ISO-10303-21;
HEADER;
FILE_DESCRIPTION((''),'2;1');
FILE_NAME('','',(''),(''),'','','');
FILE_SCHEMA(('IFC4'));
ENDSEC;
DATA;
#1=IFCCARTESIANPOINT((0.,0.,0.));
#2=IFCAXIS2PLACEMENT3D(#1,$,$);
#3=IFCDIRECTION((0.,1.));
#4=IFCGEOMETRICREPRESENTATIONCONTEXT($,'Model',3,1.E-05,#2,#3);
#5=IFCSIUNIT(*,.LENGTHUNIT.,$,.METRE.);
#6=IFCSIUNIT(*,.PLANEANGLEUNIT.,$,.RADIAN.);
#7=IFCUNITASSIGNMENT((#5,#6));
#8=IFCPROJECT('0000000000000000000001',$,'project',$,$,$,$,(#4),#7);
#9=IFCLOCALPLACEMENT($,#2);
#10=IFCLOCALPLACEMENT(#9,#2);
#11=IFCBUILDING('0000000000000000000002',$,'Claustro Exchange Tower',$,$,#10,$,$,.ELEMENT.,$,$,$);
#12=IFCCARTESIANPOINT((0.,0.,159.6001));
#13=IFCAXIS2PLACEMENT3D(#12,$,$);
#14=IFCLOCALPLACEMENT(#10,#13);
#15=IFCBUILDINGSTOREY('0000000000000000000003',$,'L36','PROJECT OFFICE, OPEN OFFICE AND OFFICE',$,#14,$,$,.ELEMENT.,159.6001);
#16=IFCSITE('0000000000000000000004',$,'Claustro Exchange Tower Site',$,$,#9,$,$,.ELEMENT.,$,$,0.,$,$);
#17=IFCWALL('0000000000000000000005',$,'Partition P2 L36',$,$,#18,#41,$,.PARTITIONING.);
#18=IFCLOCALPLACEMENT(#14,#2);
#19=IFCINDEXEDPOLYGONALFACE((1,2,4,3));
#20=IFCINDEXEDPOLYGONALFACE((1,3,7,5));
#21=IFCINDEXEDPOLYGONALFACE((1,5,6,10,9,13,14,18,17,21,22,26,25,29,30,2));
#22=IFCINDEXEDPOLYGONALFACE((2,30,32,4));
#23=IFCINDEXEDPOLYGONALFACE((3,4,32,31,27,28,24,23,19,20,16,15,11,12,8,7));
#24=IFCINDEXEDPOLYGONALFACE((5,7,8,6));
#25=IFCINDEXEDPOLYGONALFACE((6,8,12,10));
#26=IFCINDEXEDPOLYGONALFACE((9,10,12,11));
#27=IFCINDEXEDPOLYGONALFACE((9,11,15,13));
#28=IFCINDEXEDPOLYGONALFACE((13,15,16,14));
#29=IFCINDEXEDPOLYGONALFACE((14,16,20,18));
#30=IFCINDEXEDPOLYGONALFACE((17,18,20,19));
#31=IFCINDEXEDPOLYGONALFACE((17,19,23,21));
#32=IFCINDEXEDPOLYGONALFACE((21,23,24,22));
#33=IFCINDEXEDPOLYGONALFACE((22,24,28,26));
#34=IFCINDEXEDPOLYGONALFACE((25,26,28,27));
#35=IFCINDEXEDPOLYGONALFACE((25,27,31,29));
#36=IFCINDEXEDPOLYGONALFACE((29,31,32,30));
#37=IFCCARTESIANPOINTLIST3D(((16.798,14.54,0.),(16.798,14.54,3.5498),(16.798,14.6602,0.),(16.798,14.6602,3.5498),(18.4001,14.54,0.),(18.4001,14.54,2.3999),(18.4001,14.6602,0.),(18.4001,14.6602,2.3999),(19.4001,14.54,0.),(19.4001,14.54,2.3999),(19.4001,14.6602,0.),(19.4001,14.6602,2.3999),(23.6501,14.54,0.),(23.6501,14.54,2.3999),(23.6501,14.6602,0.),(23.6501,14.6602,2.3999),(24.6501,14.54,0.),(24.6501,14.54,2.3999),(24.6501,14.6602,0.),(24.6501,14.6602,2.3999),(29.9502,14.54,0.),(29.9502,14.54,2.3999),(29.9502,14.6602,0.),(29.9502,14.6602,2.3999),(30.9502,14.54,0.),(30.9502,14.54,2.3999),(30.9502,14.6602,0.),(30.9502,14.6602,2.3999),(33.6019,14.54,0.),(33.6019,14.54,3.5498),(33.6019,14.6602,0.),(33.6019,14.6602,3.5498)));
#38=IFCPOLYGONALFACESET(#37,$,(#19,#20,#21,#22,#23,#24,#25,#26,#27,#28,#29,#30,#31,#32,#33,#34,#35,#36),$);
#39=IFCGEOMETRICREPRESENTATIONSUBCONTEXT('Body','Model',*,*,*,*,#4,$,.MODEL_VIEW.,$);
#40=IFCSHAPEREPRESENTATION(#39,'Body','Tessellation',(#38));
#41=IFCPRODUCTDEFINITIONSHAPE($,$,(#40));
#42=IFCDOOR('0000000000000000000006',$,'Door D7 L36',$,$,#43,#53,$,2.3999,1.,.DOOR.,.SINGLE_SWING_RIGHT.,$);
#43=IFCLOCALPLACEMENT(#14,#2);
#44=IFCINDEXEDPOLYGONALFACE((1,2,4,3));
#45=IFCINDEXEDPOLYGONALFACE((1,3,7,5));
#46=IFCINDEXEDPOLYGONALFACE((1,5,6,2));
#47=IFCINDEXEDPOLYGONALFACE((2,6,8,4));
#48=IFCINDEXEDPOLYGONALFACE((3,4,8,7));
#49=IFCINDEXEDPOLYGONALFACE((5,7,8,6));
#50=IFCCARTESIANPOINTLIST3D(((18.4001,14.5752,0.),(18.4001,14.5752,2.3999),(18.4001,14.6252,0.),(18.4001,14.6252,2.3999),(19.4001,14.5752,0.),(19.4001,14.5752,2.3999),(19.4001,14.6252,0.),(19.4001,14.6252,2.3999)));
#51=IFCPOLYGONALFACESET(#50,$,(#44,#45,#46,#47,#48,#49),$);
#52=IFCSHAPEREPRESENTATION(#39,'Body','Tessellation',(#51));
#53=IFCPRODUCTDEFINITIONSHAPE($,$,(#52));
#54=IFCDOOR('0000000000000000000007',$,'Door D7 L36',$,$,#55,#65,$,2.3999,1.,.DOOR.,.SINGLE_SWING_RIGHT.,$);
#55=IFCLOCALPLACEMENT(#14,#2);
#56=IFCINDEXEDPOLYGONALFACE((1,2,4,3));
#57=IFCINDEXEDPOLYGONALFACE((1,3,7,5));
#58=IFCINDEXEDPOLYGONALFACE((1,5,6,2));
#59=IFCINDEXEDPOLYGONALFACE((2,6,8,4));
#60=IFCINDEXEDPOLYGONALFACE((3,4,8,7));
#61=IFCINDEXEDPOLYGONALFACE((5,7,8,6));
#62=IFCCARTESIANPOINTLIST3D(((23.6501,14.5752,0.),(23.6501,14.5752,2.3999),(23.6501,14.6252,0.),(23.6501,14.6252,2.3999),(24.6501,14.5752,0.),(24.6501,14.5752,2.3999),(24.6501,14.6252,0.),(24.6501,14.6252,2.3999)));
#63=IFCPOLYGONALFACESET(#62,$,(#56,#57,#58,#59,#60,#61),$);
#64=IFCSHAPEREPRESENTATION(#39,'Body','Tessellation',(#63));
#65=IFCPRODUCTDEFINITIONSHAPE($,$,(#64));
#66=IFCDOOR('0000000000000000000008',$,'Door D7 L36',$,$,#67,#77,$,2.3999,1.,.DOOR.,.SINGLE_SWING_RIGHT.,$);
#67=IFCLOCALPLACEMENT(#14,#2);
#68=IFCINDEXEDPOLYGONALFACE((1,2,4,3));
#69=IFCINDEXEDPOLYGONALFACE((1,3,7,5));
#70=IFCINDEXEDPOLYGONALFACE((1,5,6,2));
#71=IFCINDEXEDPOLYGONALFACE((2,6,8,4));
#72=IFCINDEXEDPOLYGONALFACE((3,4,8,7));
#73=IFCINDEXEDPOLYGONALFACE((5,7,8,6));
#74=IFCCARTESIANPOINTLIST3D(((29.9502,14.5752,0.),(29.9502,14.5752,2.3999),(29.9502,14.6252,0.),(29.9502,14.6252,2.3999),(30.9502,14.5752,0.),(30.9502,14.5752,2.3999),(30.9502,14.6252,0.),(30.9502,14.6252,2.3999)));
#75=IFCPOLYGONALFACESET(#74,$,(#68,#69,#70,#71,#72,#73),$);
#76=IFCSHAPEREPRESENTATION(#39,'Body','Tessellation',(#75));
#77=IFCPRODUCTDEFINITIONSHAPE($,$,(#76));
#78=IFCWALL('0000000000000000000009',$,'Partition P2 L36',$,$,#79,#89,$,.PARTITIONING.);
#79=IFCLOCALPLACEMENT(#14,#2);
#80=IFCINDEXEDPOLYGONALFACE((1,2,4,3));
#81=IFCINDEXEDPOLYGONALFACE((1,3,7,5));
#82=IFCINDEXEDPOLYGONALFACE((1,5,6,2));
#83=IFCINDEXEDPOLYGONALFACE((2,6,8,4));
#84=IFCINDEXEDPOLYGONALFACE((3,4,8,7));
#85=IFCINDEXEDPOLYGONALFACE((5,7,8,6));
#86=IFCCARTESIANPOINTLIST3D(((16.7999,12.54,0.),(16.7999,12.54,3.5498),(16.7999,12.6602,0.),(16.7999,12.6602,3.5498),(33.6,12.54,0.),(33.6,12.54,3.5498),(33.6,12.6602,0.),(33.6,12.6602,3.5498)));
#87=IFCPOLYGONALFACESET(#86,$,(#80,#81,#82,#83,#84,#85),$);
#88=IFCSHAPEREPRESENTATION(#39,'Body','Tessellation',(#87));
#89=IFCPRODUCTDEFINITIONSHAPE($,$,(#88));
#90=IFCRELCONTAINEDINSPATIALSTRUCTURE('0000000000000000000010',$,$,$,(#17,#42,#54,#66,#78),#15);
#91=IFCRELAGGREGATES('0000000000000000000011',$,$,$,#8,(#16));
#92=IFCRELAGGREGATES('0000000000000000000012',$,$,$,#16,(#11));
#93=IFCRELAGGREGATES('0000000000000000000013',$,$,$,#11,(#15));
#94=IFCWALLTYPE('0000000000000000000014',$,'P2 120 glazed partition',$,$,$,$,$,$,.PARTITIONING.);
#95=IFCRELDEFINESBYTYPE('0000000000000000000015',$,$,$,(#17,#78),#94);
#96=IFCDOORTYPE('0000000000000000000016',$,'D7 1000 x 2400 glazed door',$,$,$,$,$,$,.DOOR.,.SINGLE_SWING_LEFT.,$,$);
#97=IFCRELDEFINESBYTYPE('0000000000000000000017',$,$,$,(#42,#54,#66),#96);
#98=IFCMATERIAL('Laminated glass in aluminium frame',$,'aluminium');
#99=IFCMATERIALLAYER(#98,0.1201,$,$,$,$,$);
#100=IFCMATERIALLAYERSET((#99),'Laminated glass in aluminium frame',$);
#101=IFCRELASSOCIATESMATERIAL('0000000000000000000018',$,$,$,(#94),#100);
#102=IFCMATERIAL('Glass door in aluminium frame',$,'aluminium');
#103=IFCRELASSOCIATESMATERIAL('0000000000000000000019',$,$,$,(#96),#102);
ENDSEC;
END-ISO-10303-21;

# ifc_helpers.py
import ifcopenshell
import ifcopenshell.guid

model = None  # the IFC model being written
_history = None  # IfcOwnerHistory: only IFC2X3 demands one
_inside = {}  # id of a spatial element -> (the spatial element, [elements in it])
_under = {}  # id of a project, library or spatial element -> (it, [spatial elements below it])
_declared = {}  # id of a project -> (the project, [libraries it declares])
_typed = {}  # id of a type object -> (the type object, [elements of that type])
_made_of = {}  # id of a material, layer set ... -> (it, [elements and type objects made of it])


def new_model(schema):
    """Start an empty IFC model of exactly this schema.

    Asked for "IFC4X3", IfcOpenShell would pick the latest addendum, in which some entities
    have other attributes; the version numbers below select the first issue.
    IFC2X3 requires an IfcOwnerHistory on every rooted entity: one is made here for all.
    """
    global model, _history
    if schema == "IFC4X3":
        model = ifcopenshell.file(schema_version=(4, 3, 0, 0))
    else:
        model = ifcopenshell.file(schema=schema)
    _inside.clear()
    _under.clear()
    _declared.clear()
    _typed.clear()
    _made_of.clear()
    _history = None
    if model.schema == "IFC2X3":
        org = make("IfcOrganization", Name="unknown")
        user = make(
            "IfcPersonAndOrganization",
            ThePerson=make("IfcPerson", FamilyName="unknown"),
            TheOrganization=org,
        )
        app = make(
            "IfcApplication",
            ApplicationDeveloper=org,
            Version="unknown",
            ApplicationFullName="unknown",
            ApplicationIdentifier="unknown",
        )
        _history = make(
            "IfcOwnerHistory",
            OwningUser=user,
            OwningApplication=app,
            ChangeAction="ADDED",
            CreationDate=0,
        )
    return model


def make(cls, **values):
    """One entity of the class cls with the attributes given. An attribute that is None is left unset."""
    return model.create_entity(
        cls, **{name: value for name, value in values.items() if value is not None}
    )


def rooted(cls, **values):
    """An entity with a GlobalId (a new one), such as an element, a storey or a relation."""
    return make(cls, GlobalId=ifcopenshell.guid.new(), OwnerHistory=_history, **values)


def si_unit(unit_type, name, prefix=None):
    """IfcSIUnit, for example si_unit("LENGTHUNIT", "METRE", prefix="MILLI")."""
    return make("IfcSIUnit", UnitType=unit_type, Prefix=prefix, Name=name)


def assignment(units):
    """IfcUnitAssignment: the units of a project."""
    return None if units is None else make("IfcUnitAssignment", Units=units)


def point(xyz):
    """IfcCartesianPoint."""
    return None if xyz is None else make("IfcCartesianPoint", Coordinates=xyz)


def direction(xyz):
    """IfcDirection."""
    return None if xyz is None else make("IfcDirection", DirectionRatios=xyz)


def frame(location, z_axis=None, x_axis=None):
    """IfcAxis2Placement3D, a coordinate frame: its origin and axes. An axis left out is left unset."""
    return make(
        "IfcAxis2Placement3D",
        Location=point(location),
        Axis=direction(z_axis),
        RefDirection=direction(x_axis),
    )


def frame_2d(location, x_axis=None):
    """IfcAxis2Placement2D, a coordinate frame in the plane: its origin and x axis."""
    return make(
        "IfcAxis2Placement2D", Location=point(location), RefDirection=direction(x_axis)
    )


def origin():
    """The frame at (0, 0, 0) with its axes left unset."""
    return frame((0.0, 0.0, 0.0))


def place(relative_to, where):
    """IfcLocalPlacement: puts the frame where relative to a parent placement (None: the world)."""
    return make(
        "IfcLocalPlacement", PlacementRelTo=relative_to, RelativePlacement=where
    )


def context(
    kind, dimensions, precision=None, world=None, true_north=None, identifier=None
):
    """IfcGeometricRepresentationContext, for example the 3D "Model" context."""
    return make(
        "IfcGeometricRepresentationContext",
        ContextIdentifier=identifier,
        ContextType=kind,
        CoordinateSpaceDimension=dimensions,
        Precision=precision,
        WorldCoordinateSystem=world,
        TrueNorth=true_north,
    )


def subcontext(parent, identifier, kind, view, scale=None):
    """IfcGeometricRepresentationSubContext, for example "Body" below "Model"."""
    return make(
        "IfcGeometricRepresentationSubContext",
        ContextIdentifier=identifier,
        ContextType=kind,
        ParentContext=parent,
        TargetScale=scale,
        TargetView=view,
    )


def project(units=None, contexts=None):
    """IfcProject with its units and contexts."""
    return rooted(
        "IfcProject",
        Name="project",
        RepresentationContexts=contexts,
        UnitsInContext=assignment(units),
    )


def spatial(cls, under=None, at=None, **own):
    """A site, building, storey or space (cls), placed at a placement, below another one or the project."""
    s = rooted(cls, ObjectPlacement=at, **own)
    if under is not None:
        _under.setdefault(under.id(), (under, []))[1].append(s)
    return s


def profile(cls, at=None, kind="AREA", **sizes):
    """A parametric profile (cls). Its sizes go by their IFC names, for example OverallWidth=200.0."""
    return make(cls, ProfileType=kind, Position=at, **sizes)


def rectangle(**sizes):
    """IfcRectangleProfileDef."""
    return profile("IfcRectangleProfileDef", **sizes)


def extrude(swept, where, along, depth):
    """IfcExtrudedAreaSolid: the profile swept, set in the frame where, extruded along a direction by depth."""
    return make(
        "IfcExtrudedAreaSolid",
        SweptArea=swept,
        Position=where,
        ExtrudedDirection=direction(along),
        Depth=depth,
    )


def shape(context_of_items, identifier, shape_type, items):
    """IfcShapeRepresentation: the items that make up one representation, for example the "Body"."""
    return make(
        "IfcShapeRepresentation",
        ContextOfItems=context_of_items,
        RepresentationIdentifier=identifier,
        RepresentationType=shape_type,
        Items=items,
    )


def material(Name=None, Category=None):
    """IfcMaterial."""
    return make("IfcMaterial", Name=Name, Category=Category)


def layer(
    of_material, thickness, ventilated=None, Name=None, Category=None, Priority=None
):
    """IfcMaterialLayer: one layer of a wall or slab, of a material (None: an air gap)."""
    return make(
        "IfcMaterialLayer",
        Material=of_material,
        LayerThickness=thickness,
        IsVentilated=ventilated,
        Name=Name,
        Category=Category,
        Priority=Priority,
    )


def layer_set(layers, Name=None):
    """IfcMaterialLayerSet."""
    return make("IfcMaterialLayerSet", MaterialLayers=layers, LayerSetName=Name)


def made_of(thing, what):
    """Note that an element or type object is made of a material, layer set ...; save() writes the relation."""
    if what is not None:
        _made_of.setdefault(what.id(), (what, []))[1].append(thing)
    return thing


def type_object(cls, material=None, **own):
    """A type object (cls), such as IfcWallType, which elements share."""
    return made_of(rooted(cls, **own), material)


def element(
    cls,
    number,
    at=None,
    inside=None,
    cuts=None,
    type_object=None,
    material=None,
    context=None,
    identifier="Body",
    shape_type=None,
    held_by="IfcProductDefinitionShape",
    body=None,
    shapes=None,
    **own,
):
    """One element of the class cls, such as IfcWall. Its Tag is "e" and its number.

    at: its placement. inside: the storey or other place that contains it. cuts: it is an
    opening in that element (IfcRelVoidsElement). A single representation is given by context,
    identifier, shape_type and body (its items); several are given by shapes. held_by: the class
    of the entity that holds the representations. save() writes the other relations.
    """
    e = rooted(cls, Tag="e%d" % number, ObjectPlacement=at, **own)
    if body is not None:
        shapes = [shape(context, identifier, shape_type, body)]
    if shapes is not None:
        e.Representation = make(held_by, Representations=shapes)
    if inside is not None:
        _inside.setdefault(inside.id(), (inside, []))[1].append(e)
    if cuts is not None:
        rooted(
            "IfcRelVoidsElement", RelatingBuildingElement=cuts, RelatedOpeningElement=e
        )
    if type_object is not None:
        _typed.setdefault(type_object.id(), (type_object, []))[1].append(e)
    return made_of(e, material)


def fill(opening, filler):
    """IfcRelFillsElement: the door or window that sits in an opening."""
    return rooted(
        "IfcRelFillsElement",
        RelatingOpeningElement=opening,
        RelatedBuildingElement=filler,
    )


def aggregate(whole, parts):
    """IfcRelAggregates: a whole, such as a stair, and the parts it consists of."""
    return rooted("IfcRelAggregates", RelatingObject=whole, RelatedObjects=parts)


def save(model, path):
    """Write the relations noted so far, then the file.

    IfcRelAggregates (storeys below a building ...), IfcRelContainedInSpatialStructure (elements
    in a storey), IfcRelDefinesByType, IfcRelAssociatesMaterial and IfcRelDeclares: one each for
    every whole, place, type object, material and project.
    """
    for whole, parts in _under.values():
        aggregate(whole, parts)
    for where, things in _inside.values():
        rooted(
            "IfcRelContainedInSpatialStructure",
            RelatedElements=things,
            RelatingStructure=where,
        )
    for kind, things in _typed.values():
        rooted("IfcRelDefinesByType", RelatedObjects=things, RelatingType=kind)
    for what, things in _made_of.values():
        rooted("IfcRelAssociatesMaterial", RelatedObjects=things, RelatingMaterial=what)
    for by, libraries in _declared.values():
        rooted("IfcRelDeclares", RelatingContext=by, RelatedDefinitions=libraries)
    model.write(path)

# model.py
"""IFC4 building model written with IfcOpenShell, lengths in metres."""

from ifc_helpers import new_model, si_unit, direction, frame, frame_2d, origin, place, context, subcontext, project, spatial, rectangle, extrude, material, layer, layer_set, type_object, element, fill, save


model = new_model("IFC4")

# Units and contexts
model_context = context("Model", 3, precision=1e-05, world=origin(), true_north=direction((0.0, 1.0)))
body_context = subcontext(model_context, "Body", "Model", "MODEL_VIEW")
ifc_project = project(units=[si_unit("LENGTHUNIT", "METRE"), si_unit("PLANEANGLEUNIT", "RADIAN")], contexts=[model_context])

# Site, building, storey
site_placement = place(None, origin())
site = spatial("IfcSite", under=ifc_project, at=site_placement, Name="Claustro Exchange Tower Site", CompositionType="ELEMENT", RefElevation=0.0)
building_placement = place(site_placement, origin())
building = spatial("IfcBuilding", under=site, at=building_placement, Name="Claustro Exchange Tower", CompositionType="ELEMENT")
storey_placement = place(building_placement, frame((0.0, 0.0, 159.6001)))
storey = spatial("IfcBuildingStorey", under=building, at=storey_placement, Name="L36", Description="PROJECT OFFICE, OPEN OFFICE AND OFFICE", CompositionType="ELEMENT", Elevation=159.6001)

# Shared definitions
ifc_material_1 = material(Name="Laminated glass in aluminium frame", Category="aluminium")
ifc_layer_1 = layer(ifc_material_1, 0.1201)
ifc_layer_set_1 = layer_set([ifc_layer_1], Name="Laminated glass in aluminium frame")
wall_type_1 = type_object("IfcWallType", Name="P2 120 glazed partition", PredefinedType="PARTITIONING", material=ifc_layer_set_1)

# Wall, openings, doors
wall_1_placement = place(storey_placement, frame((16.7981, 14.6001, 0.0), z_axis=(0.0, 0.0, 1.0), x_axis=(1.0, 0.0, 0.0)))
wall_1 = element("IfcWall", 1, at=wall_1_placement, inside=storey, type_object=wall_type_1, Name="Partition P2 L36", PredefinedType="PARTITIONING", context=body_context, shape_type="SweptSolid", body=[
    extrude(rectangle(XDim=16.804, YDim=0.1201, at=frame_2d((8.4019, 0.0))), origin(), (0.0, 0.0, 1.0), 3.5498),
])
opening_1_placement = place(wall_1_placement, frame((1.6021, 0.0, 0.0)))
opening_1 = element("IfcOpeningElement", 2, at=opening_1_placement, cuts=wall_1, PredefinedType="OPENING", context=body_context, shape_type="SweptSolid", body=[
    extrude(rectangle(XDim=1.0, YDim=2.3999, at=frame_2d((0.5, 1.2))), frame((0.0, 0.0701, 0.0), z_axis=(0.0, -1.0, 0.0), x_axis=(1.0, 0.0, 0.0)), (0.0, 0.0, 1.0), 0.1401),
])
opening_2_placement = place(wall_1_placement, frame((6.8521, 0.0, 0.0)))
opening_2 = element("IfcOpeningElement", 3, at=opening_2_placement, cuts=wall_1, PredefinedType="OPENING", context=body_context, shape_type="SweptSolid", body=[
    extrude(rectangle(XDim=1.0, YDim=2.3999, at=frame_2d((0.5, 1.2))), frame((0.0, 0.0701, 0.0), z_axis=(0.0, -1.0, 0.0), x_axis=(1.0, 0.0, 0.0)), (0.0, 0.0, 1.0), 0.1401),
])
opening_3_placement = place(wall_1_placement, frame((13.1521, 0.0, 0.0)))
opening_3 = element("IfcOpeningElement", 4, at=opening_3_placement, cuts=wall_1, PredefinedType="OPENING", context=body_context, shape_type="SweptSolid", body=[
    extrude(rectangle(XDim=1.0, YDim=2.3999, at=frame_2d((0.5, 1.2))), frame((0.0, 0.0701, 0.0), z_axis=(0.0, -1.0, 0.0), x_axis=(1.0, 0.0, 0.0)), (0.0, 0.0, 1.0), 0.1401),
])
ifc_material_2 = material(Name="Glass door in aluminium frame", Category="aluminium")
door_type_1 = type_object("IfcDoorType", Name="D7 1000 x 2400 glazed door", OperationType="SINGLE_SWING_LEFT", PredefinedType="DOOR", material=ifc_material_2)
door_1_placement = place(opening_1_placement, frame((1.0, 0.0, 0.0), z_axis=(0.0, 0.0, 1.0), x_axis=(-1.0, 0.0, 0.0)))
door_1 = element("IfcDoor", 5, at=door_1_placement, inside=storey, type_object=door_type_1, Name="Door D7 L36", OperationType="SINGLE_SWING_RIGHT", OverallHeight=2.3999, OverallWidth=1.0, PredefinedType="DOOR", context=body_context, shape_type="SweptSolid", body=[
    extrude(rectangle(XDim=1.0, YDim=2.3999, at=frame_2d((0.5, 1.2))), frame((0.0, 0.0249, 0.0), z_axis=(0.0, -1.0, 0.0), x_axis=(1.0, 0.0, 0.0)), (0.0, 0.0, 1.0), 0.05),
])
fill(opening_1, door_1)
door_2_placement = place(opening_2_placement, frame((1.0, 0.0, 0.0), z_axis=(0.0, 0.0, 1.0), x_axis=(-1.0, 0.0, 0.0)))
door_2 = element("IfcDoor", 6, at=door_2_placement, inside=storey, type_object=door_type_1, Name="Door D7 L36", OperationType="SINGLE_SWING_RIGHT", OverallHeight=2.3999, OverallWidth=1.0, PredefinedType="DOOR", context=body_context, shape_type="SweptSolid", body=[
    extrude(rectangle(XDim=1.0, YDim=2.3999, at=frame_2d((0.5, 1.2))), frame((0.0, 0.0249, 0.0), z_axis=(0.0, -1.0, 0.0), x_axis=(1.0, 0.0, 0.0)), (0.0, 0.0, 1.0), 0.05),
])
fill(opening_2, door_2)
door_3_placement = place(opening_3_placement, frame((1.0, 0.0, 0.0), z_axis=(0.0, 0.0, 1.0), x_axis=(-1.0, 0.0, 0.0)))
door_3 = element("IfcDoor", 7, at=door_3_placement, inside=storey, type_object=door_type_1, Name="Door D7 L36", OperationType="SINGLE_SWING_RIGHT", OverallHeight=2.3999, OverallWidth=1.0, PredefinedType="DOOR", context=body_context, shape_type="SweptSolid", body=[
    extrude(rectangle(XDim=1.0, YDim=2.3999, at=frame_2d((0.5, 1.2))), frame((0.0, 0.0249, 0.0), z_axis=(0.0, -1.0, 0.0), x_axis=(1.0, 0.0, 0.0)), (0.0, 0.0, 1.0), 0.05),
])
fill(opening_3, door_3)

# Wall
wall_2_placement = place(storey_placement, frame((16.8, 12.6001, 0.0), z_axis=(0.0, 0.0, 1.0), x_axis=(1.0, 0.0, 0.0)))
element("IfcWall", 8, at=wall_2_placement, inside=storey, type_object=wall_type_1, Name="Partition P2 L36", PredefinedType="PARTITIONING", context=body_context, shape_type="SweptSolid", body=[
    extrude(rectangle(XDim=16.8, YDim=0.1201, at=frame_2d((8.3999, 0.0))), origin(), (0.0, 0.0, 1.0), 3.5498),
])

save(model, "model.ifc")
